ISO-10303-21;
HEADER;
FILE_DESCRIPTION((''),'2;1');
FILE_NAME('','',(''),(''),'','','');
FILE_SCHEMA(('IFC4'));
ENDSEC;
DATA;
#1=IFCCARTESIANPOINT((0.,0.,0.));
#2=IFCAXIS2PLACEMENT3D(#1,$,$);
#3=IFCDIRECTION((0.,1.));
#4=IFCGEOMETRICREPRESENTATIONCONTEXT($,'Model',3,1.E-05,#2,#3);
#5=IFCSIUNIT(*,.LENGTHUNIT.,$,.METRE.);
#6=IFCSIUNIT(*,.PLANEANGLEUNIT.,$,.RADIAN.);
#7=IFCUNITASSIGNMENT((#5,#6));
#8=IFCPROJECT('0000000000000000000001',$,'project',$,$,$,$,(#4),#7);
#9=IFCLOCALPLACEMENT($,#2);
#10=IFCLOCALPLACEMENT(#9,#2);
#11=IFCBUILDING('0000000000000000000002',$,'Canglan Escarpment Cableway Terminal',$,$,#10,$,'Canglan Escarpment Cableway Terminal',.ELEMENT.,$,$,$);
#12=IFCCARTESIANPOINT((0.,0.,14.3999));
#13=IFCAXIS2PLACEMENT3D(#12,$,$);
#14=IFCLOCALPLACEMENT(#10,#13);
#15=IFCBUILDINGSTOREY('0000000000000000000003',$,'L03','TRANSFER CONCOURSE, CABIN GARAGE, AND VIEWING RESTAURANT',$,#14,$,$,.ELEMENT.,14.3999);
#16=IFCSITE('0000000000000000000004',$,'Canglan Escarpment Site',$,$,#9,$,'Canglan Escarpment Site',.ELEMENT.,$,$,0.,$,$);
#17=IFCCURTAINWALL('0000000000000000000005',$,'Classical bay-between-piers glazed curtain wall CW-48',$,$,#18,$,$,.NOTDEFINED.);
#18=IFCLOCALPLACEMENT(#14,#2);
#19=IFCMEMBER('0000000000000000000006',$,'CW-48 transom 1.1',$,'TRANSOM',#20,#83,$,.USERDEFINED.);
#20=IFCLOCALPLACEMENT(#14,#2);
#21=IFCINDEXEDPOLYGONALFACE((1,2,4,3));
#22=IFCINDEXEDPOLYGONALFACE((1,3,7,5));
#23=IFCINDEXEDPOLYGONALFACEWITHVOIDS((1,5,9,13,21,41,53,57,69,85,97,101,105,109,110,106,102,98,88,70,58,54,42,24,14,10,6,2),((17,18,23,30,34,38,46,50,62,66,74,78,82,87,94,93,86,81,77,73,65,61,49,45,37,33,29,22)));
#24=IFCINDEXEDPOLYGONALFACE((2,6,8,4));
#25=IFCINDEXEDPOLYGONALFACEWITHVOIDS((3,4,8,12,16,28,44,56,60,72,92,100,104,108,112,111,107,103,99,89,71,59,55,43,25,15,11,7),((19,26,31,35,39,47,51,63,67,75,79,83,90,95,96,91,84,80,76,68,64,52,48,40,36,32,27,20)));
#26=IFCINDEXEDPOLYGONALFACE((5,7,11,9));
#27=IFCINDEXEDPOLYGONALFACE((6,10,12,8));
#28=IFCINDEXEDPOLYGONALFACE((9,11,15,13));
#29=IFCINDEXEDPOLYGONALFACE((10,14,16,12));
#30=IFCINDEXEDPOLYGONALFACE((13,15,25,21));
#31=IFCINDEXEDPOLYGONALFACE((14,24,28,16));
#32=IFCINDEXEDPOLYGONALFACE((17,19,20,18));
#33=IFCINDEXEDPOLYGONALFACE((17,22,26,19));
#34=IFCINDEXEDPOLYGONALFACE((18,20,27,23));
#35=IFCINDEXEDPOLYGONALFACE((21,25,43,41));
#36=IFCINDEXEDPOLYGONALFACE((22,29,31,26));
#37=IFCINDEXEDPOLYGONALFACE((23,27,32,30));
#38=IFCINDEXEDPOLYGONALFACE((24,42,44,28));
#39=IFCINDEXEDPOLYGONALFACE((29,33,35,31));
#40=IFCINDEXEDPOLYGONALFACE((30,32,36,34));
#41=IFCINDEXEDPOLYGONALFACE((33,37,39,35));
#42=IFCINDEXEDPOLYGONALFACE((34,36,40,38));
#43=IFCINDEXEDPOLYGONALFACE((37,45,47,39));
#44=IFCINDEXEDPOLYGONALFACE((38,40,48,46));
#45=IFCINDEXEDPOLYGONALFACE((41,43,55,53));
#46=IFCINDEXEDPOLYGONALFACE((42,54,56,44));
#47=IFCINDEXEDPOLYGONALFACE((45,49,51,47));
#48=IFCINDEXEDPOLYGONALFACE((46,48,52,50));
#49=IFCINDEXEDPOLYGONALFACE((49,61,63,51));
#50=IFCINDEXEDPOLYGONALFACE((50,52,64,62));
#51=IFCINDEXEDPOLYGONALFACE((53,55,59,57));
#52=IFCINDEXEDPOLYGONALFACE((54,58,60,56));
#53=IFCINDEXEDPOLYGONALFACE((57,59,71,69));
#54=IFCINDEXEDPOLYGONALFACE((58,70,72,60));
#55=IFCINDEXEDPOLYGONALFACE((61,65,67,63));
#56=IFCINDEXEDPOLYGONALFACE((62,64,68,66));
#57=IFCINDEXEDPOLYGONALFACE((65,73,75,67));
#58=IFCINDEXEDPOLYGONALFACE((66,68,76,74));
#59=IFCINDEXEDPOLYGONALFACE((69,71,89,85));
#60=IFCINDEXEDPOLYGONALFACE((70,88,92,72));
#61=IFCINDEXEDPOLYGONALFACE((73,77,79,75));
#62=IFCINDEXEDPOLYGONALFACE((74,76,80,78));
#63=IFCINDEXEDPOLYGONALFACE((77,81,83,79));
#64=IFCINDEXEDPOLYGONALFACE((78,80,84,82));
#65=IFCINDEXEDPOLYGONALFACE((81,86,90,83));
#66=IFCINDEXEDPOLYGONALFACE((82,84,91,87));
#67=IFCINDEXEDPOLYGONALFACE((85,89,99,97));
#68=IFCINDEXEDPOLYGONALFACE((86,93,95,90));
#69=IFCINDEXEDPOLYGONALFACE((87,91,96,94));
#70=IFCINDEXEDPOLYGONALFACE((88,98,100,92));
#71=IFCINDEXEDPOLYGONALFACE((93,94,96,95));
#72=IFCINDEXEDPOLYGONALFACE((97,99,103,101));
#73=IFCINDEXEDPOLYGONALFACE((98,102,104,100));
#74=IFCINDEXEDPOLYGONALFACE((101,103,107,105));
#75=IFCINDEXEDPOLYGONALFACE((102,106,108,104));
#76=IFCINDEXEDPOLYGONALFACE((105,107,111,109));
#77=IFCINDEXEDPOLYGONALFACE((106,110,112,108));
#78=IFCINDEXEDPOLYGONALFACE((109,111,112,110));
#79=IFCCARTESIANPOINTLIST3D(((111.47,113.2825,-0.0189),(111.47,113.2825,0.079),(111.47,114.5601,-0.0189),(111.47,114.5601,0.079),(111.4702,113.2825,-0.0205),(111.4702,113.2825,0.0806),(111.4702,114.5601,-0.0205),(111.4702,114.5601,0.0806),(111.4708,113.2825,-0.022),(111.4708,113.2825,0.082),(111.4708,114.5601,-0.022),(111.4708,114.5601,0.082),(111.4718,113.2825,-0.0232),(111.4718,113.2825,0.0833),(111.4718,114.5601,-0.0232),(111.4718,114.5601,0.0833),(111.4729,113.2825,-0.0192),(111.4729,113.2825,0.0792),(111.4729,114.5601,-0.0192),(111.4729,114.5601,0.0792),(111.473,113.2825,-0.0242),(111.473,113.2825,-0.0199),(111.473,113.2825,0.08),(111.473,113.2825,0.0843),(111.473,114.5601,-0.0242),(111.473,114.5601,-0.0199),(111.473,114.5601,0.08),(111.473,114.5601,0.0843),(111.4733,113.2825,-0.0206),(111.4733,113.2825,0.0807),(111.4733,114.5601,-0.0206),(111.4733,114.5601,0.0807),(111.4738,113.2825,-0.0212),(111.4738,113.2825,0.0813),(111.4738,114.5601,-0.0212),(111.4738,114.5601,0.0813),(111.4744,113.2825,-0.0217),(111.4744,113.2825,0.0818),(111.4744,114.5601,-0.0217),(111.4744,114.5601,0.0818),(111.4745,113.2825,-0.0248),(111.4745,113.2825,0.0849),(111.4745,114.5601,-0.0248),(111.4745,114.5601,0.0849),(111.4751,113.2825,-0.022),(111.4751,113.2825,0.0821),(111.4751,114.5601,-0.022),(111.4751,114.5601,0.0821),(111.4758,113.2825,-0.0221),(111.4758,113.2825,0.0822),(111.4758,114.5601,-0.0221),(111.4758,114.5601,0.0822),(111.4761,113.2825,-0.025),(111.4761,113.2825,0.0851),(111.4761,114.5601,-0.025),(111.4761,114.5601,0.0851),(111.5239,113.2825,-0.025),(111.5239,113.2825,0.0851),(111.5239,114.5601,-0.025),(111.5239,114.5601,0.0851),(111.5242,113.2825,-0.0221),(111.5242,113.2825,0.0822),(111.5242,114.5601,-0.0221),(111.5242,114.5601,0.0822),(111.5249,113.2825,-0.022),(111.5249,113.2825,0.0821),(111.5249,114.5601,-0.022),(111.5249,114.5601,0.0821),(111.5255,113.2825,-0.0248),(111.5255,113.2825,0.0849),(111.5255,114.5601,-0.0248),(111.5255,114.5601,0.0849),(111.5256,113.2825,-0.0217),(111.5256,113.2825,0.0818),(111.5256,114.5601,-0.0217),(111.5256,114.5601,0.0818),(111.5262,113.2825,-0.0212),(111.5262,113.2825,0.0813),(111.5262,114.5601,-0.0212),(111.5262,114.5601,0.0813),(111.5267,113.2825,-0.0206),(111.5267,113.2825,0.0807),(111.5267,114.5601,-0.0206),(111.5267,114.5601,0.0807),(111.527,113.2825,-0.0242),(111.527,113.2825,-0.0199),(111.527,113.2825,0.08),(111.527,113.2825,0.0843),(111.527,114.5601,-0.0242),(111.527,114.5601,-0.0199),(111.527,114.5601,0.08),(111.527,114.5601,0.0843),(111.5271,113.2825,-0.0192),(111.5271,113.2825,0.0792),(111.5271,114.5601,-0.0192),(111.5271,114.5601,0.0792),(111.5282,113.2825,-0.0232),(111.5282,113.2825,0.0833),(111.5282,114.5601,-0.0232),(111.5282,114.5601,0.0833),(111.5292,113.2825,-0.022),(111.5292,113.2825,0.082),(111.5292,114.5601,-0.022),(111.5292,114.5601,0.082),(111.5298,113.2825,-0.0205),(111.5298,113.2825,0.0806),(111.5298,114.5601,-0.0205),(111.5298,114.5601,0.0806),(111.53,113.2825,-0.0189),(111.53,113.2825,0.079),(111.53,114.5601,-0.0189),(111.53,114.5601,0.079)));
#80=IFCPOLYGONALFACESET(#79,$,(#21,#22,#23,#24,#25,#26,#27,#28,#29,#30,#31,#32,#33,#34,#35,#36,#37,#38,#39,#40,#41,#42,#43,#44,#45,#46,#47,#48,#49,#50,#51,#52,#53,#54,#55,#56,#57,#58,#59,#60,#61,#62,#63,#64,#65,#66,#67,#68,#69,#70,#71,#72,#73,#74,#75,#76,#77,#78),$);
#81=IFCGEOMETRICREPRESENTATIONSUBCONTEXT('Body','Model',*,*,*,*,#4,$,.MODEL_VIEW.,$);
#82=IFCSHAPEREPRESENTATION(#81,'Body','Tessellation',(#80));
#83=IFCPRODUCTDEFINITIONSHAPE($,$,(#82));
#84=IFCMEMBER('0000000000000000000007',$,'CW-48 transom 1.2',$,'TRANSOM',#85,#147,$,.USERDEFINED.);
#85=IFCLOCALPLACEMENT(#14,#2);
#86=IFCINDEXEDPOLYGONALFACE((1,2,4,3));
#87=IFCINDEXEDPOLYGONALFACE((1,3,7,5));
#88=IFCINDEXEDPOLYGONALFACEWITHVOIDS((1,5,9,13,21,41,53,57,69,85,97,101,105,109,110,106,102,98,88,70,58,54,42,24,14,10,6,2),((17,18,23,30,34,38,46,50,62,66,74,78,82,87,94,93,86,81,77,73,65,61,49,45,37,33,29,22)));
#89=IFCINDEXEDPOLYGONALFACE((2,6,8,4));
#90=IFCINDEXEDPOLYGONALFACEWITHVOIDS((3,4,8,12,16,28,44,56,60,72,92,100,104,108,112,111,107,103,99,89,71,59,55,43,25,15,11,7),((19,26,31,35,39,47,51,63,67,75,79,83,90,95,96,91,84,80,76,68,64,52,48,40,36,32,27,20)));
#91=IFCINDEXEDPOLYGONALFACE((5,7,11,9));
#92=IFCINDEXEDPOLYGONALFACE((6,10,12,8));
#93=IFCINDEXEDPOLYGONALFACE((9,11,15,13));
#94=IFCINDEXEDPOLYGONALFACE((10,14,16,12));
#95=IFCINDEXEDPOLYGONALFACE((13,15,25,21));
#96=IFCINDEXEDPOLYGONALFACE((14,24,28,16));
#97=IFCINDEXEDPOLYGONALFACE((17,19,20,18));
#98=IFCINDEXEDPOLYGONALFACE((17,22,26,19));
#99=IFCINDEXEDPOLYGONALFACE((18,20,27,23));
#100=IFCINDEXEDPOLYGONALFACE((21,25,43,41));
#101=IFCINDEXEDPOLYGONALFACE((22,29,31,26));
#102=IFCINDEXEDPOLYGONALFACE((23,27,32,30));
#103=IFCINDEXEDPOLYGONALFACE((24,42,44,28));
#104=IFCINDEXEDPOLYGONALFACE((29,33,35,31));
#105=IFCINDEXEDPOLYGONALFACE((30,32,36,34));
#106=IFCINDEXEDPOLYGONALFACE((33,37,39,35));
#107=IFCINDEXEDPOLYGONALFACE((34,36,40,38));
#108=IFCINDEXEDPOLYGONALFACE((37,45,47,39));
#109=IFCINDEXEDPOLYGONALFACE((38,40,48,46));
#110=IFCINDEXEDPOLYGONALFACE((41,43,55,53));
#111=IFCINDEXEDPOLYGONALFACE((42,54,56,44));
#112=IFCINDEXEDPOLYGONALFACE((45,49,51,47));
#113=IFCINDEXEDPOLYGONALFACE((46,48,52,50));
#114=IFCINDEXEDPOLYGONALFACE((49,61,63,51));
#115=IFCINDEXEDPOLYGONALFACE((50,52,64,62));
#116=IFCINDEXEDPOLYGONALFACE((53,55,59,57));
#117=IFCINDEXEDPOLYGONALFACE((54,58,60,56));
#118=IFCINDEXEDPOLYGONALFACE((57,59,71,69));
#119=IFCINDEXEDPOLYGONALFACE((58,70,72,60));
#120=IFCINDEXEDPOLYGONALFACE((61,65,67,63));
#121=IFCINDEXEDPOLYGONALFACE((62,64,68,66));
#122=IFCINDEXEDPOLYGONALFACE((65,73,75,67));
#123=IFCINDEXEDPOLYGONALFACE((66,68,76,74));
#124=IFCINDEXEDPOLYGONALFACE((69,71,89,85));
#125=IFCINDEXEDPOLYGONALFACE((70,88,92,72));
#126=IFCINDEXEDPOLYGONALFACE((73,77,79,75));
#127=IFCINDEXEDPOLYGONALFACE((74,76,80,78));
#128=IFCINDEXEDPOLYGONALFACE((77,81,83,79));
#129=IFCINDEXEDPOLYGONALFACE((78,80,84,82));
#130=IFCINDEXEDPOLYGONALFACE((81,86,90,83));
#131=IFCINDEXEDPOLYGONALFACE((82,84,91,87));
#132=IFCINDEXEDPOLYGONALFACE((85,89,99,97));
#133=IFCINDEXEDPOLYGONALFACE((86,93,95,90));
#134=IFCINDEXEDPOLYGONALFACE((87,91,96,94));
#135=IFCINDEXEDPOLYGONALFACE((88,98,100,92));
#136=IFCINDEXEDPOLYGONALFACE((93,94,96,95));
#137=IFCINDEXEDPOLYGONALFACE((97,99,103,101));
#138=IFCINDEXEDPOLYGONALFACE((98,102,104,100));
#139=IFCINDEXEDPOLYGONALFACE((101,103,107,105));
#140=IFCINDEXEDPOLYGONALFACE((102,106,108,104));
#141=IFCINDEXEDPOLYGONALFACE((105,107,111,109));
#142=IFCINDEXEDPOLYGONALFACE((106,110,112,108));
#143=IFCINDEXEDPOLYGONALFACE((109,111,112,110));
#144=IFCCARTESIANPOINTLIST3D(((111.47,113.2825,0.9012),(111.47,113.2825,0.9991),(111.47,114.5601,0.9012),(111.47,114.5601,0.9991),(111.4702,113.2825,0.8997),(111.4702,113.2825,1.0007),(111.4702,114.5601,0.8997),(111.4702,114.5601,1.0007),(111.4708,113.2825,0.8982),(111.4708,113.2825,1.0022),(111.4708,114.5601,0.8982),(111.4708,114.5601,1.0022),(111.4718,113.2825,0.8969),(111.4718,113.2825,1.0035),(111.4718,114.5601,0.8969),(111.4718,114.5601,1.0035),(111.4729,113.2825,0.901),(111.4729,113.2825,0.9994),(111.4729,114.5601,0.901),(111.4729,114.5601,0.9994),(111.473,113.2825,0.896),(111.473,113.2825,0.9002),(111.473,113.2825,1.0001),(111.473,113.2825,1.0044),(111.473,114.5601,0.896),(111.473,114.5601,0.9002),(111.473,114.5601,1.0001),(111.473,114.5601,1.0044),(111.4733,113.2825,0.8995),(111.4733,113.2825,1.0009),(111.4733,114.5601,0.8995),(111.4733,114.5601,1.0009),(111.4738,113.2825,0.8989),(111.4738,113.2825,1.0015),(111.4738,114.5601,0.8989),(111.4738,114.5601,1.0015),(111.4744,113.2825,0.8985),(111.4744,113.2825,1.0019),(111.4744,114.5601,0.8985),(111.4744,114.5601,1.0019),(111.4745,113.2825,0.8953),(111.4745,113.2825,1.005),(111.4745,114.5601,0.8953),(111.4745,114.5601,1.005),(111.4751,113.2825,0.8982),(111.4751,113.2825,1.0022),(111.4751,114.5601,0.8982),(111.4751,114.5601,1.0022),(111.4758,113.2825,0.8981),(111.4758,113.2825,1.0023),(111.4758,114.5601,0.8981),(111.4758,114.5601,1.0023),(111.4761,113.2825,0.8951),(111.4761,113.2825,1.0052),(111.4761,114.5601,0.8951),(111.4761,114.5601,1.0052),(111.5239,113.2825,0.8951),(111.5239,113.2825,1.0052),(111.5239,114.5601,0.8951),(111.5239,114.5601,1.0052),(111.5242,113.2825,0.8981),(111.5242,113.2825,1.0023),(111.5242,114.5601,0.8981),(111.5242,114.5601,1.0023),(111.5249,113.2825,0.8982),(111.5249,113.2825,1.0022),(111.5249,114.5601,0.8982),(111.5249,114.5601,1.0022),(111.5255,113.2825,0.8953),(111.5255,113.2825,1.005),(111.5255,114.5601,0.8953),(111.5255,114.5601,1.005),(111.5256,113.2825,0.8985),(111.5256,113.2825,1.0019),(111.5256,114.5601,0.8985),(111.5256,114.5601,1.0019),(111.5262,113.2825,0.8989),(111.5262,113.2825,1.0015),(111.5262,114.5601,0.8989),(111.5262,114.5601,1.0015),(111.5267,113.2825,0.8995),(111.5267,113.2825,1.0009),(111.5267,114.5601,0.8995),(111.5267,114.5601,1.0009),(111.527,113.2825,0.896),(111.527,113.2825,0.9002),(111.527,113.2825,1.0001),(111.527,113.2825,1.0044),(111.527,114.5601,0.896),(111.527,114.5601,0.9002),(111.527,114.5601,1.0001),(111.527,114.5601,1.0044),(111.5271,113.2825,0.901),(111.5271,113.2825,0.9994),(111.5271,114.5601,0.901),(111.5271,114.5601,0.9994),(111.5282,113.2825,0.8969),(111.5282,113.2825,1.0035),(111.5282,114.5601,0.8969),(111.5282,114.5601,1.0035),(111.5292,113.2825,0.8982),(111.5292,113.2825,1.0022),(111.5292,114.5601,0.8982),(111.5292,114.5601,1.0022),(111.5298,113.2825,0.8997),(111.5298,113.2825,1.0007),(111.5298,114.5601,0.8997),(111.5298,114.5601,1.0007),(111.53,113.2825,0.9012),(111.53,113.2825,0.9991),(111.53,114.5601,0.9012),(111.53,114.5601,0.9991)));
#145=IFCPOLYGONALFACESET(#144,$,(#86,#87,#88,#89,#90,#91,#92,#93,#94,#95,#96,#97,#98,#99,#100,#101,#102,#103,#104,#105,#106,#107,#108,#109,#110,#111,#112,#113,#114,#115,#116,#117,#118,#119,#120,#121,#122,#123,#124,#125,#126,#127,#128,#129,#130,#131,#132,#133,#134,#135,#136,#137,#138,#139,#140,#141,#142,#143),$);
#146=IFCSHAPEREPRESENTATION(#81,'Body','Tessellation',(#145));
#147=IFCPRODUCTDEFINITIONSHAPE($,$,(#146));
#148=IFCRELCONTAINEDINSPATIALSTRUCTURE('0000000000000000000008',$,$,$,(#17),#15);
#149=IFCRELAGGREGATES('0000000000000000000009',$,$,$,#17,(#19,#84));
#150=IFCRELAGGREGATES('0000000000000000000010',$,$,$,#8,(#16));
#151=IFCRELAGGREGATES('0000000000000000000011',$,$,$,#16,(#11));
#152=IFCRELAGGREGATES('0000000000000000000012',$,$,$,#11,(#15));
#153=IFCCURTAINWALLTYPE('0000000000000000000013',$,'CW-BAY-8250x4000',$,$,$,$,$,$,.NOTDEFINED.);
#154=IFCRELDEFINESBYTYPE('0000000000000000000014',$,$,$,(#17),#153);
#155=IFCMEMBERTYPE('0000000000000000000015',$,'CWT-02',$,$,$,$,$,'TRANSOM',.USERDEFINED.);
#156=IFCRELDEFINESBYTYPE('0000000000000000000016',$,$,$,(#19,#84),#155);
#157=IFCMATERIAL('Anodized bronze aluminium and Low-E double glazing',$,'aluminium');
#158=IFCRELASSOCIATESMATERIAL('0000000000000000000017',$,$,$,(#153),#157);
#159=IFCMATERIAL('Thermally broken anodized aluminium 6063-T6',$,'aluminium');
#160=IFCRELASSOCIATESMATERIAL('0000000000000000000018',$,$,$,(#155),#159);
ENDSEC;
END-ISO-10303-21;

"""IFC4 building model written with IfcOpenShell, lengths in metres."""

from ifc_helpers import new_model, si_unit, direction, frame, origin, origin_2d, place, context, subcontext, project, spatial, hollow_rectangle, extrude, material, material_profile, profile_set, type_object, element, aggregate, save


model = new_model("IFC4")

# Units and contexts
model_context = context("Model", 3, precision=1e-05, world=origin(), true_north=direction((0.0, 1.0)))
body_context = subcontext(model_context, "Body", "Model", "MODEL_VIEW")
ifc_project = project(units=[si_unit("LENGTHUNIT", "METRE"), si_unit("PLANEANGLEUNIT", "RADIAN")], contexts=[model_context])

# Site, building, storey
site_placement = place(None, origin())
site = spatial("IfcSite", under=ifc_project, at=site_placement, Name="Canglan Escarpment Site", LongName="Canglan Escarpment Site", CompositionType="ELEMENT", RefElevation=0.0)
building_placement = place(site_placement, origin())
building = spatial("IfcBuilding", under=site, at=building_placement, Name="Canglan Escarpment Cableway Terminal", LongName="Canglan Escarpment Cableway Terminal", CompositionType="ELEMENT")
storey_placement = place(building_placement, frame((0.0, 0.0, 14.3999)))
storey = spatial("IfcBuildingStorey", under=building, at=storey_placement, Name="L03", Description="TRANSFER CONCOURSE, CABIN GARAGE, AND VIEWING RESTAURANT", CompositionType="ELEMENT", Elevation=14.3999)

# Curtain wall, members
ifc_material_1 = material(Name="Anodized bronze aluminium and Low-E double glazing", Category="aluminium")
curtain_wall_type = type_object("IfcCurtainWallType", Name="CW-BAY-8250x4000", PredefinedType="NOTDEFINED", material=ifc_material_1)
curtain_wall_placement = place(storey_placement, origin())
curtain_wall = element("IfcCurtainWall", 1, at=curtain_wall_placement, inside=storey, type_object=curtain_wall_type, Name="Classical bay-between-piers glazed curtain wall CW-48", PredefinedType="NOTDEFINED")
ifc_material_2 = material(Name="Thermally broken anodized aluminium 6063-T6", Category="aluminium")
ifc_material_profile_1 = material_profile(ifc_material_2, hollow_rectangle(XDim=0.0601, YDim=0.1101, WallThickness=0.0029, InnerFilletRadius=0.0029, OuterFilletRadius=0.0061, at=origin_2d()), Name="ALU-TRAN 60x110x3")
ifc_profile_set_1 = profile_set([ifc_material_profile_1], Name="Thermally broken anodized aluminium 6063-T6")
member_type_1 = type_object("IfcMemberType", Name="CWT-02", ElementType="TRANSOM", PredefinedType="USERDEFINED", material=ifc_profile_set_1)
member_1_placement = place(storey_placement, frame((111.5, 114.5601, 0.03), z_axis=(0.0, -1.0, 0.0), x_axis=(1.0, 0.0, 0.0)))
member_1 = element("IfcMember", 2, at=member_1_placement, type_object=member_type_1, Name="CW-48 transom 1.1", ObjectType="TRANSOM", PredefinedType="USERDEFINED", context=body_context, shape_type="SweptSolid", body=[
    extrude(hollow_rectangle(XDim=0.0601, YDim=0.1101, WallThickness=0.0029, InnerFilletRadius=0.0029, OuterFilletRadius=0.0061, at=origin_2d()), origin(), (0.0, 0.0, 1.0), 1.2776),
])
member_2_placement = place(storey_placement, frame((111.5, 114.5601, 0.9502), z_axis=(0.0, -1.0, 0.0), x_axis=(1.0, 0.0, 0.0)))
member_2 = element("IfcMember", 3, at=member_2_placement, type_object=member_type_1, Name="CW-48 transom 1.2", ObjectType="TRANSOM", PredefinedType="USERDEFINED", context=body_context, shape_type="SweptSolid", body=[
    extrude(hollow_rectangle(XDim=0.0601, YDim=0.1101, WallThickness=0.0029, InnerFilletRadius=0.0029, OuterFilletRadius=0.0061, at=origin_2d()), origin(), (0.0, 0.0, 1.0), 1.2776),
])
aggregate(curtain_wall, [member_1, member_2])

save(model, "model.ifc")
